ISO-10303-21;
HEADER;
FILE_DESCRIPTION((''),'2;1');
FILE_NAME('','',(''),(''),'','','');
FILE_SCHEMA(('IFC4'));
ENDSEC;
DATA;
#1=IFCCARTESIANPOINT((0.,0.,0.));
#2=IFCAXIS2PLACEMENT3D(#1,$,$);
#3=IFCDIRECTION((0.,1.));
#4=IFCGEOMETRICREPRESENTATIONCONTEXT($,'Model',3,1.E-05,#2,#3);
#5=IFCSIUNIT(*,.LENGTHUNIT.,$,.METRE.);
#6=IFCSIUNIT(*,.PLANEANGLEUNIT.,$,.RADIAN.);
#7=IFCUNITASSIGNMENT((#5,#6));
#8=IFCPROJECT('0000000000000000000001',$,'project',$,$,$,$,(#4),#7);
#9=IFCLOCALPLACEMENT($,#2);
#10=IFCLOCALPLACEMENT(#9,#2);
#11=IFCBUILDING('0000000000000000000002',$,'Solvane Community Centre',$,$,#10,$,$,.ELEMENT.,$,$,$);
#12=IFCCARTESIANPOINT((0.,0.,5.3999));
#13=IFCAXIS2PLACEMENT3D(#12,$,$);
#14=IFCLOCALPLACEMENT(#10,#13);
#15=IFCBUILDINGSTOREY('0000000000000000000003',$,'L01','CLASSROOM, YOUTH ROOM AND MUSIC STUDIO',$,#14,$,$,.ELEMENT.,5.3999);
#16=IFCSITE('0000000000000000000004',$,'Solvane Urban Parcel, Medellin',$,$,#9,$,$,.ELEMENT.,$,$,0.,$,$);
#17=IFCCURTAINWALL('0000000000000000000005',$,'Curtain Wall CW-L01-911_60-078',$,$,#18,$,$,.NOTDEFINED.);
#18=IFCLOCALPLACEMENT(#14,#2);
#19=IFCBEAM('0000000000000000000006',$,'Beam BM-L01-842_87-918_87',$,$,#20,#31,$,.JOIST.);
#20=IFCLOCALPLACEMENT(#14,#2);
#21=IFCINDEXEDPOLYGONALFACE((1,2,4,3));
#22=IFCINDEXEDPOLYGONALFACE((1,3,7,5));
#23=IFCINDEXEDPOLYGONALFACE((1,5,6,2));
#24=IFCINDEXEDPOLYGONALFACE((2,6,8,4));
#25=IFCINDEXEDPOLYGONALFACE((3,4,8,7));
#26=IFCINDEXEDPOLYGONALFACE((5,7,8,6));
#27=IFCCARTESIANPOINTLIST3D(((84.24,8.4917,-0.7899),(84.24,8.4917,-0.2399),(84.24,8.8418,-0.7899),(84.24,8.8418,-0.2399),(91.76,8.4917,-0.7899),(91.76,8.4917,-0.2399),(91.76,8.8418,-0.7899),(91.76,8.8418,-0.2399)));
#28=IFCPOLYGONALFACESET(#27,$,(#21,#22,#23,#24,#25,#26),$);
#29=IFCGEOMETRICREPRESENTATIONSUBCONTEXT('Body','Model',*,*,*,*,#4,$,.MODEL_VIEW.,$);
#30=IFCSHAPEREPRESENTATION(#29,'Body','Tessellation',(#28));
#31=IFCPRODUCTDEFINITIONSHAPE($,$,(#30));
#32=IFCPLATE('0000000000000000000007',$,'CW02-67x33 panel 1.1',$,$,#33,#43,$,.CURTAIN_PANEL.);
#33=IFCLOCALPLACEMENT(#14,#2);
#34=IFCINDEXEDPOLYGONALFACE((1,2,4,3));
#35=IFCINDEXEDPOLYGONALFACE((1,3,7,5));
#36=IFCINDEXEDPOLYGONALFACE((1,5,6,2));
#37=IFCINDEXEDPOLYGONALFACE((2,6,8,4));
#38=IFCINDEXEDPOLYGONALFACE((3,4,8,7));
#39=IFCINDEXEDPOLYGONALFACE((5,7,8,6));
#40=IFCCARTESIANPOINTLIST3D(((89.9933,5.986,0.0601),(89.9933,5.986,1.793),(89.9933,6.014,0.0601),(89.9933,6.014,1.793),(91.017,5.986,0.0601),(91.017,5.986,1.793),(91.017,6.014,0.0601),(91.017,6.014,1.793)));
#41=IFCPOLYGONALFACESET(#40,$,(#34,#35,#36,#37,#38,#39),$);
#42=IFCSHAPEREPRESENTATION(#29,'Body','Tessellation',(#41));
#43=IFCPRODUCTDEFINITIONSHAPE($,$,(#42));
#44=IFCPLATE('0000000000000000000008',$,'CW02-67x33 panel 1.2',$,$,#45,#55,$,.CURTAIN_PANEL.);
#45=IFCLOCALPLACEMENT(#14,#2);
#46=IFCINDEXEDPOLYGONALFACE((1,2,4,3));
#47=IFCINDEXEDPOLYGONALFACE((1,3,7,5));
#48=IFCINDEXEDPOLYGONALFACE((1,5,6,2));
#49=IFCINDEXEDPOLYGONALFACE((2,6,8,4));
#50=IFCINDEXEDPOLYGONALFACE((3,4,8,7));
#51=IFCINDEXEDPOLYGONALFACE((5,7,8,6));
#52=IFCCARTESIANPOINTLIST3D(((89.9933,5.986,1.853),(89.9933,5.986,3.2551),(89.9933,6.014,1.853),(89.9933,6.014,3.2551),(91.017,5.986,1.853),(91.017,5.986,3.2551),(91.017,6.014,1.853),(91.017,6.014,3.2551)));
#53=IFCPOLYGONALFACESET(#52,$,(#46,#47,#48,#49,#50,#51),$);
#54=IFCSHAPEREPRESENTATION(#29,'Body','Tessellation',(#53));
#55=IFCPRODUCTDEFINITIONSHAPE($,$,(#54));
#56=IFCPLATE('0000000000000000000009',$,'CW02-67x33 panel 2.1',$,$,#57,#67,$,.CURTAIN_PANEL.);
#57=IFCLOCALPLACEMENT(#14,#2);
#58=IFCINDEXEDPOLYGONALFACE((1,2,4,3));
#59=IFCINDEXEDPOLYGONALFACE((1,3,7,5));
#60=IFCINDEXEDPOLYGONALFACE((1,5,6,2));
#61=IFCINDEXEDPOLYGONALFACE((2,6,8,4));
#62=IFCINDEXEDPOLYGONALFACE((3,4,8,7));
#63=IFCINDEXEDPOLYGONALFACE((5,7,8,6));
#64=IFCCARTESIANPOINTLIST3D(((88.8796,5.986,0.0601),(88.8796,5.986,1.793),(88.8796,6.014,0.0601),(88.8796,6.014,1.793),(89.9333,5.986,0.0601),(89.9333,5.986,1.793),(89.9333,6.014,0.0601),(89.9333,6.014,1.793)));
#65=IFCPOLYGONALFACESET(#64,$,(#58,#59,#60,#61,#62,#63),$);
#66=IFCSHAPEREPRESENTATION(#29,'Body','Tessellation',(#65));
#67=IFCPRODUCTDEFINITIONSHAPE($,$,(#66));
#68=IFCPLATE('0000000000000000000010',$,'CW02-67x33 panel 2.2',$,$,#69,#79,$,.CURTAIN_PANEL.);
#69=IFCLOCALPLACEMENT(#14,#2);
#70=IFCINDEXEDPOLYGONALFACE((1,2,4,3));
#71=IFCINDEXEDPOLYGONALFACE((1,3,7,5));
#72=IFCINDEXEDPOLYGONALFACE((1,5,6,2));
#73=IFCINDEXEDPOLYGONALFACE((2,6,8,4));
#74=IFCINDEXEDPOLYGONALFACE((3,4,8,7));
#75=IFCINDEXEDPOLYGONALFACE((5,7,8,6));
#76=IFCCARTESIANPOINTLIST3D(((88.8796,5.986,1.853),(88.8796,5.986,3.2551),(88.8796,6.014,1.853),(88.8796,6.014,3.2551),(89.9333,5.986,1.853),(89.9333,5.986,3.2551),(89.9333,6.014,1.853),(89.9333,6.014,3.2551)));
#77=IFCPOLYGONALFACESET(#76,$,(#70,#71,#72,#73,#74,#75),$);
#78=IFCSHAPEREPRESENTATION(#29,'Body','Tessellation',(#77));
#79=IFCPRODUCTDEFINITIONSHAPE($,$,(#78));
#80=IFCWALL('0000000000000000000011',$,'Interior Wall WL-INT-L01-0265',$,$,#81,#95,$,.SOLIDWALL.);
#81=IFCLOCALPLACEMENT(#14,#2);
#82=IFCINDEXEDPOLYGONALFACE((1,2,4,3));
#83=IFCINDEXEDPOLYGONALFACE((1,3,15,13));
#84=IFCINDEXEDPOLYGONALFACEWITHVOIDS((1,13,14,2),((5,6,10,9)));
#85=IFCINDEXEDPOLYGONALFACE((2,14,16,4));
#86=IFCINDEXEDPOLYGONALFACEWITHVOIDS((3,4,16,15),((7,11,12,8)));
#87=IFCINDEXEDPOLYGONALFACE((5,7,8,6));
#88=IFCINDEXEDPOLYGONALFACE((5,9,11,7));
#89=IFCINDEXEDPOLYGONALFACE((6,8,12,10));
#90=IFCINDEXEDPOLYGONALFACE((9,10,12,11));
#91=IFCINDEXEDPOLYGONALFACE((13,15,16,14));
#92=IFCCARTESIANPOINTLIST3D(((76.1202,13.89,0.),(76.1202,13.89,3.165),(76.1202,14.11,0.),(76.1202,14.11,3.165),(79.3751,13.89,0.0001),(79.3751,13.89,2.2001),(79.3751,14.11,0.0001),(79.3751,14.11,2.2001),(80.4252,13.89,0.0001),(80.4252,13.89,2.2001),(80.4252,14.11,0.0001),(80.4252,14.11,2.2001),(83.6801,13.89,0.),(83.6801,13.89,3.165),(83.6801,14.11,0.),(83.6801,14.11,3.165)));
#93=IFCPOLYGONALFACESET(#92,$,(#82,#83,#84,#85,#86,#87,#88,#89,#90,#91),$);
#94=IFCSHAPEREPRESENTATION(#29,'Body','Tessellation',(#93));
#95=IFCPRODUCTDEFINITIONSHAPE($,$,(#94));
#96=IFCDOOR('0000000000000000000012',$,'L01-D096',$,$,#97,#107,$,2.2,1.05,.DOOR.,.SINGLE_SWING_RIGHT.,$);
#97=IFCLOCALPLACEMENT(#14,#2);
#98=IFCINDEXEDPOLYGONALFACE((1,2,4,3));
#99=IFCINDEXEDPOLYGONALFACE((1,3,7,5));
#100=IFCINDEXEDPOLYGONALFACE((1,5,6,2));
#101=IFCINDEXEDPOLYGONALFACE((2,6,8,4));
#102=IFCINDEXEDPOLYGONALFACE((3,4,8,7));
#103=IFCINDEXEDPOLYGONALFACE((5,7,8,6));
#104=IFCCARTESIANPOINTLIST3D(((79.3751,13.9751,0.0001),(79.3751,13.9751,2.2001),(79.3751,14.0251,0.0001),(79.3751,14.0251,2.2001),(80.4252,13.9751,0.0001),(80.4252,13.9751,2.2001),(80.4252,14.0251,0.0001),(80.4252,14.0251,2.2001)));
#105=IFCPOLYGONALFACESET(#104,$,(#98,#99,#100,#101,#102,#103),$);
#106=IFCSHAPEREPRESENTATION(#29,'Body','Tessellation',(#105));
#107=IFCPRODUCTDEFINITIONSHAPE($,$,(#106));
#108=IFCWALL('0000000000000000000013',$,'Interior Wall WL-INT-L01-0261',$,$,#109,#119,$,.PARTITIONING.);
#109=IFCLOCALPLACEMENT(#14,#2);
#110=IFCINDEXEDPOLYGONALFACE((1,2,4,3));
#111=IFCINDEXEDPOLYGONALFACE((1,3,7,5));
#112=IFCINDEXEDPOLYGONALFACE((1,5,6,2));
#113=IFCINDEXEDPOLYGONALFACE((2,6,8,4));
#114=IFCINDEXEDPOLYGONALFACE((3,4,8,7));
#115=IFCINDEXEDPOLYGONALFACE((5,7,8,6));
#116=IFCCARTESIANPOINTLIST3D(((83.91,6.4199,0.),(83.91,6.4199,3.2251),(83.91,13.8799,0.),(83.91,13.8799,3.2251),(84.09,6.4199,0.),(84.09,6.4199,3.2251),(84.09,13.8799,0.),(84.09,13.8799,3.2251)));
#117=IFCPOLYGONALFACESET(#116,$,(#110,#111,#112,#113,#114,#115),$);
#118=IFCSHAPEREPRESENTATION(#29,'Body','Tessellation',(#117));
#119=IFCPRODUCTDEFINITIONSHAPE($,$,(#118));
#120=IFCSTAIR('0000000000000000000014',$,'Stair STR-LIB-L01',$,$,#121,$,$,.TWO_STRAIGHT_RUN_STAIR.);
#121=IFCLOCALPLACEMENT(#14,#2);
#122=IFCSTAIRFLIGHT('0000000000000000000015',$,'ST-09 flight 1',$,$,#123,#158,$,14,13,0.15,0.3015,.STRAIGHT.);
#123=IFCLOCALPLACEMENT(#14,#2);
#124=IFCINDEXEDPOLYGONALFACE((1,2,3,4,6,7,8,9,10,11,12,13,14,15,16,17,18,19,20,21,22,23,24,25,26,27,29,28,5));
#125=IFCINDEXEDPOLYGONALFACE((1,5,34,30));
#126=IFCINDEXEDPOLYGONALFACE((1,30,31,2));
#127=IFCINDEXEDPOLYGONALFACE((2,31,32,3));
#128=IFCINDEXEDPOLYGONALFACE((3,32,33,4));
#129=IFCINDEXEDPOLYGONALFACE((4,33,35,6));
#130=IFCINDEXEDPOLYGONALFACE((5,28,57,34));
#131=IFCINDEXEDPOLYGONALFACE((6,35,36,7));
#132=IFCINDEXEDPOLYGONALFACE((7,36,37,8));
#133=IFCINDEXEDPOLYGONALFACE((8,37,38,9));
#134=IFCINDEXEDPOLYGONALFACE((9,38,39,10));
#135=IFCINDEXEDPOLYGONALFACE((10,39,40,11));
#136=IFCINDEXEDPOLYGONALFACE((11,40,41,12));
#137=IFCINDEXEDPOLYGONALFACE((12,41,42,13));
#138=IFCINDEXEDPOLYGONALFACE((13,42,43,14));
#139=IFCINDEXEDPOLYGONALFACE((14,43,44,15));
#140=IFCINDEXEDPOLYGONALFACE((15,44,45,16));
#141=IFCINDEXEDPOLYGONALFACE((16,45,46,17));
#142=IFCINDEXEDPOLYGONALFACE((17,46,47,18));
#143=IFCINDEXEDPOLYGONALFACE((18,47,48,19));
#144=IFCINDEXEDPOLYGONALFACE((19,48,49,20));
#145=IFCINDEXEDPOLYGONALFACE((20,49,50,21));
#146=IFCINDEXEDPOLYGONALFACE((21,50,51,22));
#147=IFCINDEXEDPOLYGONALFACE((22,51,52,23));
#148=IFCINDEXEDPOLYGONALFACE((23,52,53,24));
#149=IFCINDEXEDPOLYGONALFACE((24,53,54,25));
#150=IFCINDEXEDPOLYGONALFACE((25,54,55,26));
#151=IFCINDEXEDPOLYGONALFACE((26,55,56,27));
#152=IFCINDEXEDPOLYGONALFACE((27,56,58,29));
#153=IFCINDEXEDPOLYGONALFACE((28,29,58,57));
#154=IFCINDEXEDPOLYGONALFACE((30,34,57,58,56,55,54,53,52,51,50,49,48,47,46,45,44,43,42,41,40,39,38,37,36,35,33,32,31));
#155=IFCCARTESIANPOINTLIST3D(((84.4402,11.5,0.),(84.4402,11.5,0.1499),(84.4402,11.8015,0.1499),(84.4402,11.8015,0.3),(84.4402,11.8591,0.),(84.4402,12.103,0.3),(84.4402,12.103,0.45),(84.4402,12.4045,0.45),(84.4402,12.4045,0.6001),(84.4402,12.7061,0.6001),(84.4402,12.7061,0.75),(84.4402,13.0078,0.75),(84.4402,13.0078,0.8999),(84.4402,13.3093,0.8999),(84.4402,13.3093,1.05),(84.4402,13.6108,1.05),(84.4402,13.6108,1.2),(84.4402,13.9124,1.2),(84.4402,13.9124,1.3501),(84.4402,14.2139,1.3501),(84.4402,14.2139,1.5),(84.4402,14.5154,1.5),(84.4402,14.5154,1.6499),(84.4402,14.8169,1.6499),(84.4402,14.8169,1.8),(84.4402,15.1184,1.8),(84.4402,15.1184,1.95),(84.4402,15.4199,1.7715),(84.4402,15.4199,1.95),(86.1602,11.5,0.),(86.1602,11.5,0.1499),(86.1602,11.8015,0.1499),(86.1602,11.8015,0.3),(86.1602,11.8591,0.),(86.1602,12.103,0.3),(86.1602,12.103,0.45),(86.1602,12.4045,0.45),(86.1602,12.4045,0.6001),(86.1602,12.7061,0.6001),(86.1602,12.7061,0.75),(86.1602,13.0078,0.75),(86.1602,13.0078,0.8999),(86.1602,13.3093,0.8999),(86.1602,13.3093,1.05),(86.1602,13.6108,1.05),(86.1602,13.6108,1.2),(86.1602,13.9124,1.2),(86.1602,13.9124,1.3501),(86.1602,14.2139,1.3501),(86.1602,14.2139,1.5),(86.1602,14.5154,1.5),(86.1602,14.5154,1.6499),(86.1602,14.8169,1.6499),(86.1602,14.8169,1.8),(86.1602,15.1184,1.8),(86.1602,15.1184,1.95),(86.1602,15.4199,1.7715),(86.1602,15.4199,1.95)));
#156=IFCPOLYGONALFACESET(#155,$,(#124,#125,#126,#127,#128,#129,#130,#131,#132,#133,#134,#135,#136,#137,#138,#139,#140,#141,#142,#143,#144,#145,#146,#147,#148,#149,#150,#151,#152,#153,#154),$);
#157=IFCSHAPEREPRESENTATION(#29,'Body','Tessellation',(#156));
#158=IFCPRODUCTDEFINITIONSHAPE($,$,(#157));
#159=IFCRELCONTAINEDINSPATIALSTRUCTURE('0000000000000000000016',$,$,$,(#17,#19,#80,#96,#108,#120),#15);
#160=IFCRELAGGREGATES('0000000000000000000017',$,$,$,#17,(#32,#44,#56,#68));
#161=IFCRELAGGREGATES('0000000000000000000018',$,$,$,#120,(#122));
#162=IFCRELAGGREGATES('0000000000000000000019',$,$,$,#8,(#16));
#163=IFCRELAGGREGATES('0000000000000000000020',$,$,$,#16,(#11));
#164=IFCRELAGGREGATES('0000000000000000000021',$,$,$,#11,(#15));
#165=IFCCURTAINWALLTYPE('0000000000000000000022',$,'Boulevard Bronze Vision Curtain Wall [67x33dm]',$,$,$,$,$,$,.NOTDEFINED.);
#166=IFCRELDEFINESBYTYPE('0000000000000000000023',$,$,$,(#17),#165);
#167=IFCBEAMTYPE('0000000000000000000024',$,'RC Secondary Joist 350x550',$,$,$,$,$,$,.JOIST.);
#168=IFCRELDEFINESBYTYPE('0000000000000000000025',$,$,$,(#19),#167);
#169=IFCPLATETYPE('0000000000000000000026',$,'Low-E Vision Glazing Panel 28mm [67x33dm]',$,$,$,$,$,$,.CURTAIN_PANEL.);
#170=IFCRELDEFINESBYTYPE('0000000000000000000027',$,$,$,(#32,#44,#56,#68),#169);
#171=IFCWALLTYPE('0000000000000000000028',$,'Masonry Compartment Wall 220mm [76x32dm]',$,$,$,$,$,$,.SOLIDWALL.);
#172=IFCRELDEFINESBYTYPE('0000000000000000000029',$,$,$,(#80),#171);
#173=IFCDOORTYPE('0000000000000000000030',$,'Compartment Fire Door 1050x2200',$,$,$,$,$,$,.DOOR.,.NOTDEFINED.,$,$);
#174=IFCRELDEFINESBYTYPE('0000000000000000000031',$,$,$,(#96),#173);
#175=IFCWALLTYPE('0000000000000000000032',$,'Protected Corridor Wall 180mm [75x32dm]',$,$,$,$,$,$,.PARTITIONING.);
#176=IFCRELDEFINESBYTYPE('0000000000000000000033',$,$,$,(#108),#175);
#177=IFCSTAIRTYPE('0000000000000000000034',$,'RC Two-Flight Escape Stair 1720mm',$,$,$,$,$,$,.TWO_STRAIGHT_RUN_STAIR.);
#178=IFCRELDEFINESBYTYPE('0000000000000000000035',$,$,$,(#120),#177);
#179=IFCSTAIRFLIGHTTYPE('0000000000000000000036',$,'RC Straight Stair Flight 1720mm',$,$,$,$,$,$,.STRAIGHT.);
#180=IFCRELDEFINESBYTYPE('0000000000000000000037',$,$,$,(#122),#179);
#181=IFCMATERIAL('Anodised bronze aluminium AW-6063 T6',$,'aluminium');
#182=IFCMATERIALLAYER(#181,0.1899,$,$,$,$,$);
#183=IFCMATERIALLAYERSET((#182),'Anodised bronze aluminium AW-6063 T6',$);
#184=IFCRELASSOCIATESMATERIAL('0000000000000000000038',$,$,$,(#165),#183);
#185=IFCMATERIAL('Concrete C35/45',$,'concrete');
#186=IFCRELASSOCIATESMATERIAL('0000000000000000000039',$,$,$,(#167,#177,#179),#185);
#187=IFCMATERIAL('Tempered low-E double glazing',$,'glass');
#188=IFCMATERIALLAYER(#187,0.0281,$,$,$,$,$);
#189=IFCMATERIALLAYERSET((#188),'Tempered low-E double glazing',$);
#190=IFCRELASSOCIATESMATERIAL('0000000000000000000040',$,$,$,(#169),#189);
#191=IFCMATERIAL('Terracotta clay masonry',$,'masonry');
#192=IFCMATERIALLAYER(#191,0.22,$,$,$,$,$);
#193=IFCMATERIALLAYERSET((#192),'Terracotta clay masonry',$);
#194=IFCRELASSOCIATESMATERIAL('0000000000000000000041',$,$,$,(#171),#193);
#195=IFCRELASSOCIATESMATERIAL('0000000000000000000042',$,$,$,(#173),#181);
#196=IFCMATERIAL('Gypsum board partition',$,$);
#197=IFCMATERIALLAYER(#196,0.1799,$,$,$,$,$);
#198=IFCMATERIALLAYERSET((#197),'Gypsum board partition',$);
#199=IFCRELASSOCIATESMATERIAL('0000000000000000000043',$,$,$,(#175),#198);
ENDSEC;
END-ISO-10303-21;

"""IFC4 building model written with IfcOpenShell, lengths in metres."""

from ifc_helpers import new_model, si_unit, direction, frame, frame_2d, origin, origin_2d, place, context, subcontext, project, spatial, polyline, rectangle, outline, extrude, material, layer, layer_set, material_profile, profile_set, type_object, element, fill, aggregate, save


model = new_model("IFC4")

# Units and contexts
model_context = context("Model", 3, precision=1e-05, world=origin(), true_north=direction((0.0, 1.0)))
body_context = subcontext(model_context, "Body", "Model", "MODEL_VIEW")
ifc_project = project(units=[si_unit("LENGTHUNIT", "METRE"), si_unit("PLANEANGLEUNIT", "RADIAN")], contexts=[model_context])

# Site, building, storey
site_placement = place(None, origin())
site = spatial("IfcSite", under=ifc_project, at=site_placement, Name="Solvane Urban Parcel, Medellin", CompositionType="ELEMENT", RefElevation=0.0)
building_placement = place(site_placement, origin())
building = spatial("IfcBuilding", under=site, at=building_placement, Name="Solvane Community Centre", CompositionType="ELEMENT")
storey_placement = place(building_placement, frame((0.0, 0.0, 5.3999)))
storey = spatial("IfcBuildingStorey", under=building, at=storey_placement, Name="L01", Description="CLASSROOM, YOUTH ROOM AND MUSIC STUDIO", CompositionType="ELEMENT", Elevation=5.3999)

# Shared definitions
ifc_material_1 = material(Name="Concrete C35/45", Category="concrete")

# Curtain wall
ifc_material_2 = material(Name="Anodised bronze aluminium AW-6063 T6", Category="aluminium")
ifc_layer_1 = layer(ifc_material_2, 0.1899)
ifc_layer_set_1 = layer_set([ifc_layer_1], Name="Anodised bronze aluminium AW-6063 T6")
curtain_wall_type = type_object("IfcCurtainWallType", Name="Boulevard Bronze Vision Curtain Wall [67x33dm]", PredefinedType="NOTDEFINED", material=ifc_layer_set_1)
curtain_wall_placement = place(storey_placement, origin())
curtain_wall = element("IfcCurtainWall", 1, at=curtain_wall_placement, inside=storey, type_object=curtain_wall_type, Name="Curtain Wall CW-L01-911_60-078", PredefinedType="NOTDEFINED")

# Beam
ifc_material_profile_1 = material_profile(ifc_material_1, rectangle(XDim=0.3501, YDim=0.55, at=origin_2d()), Name="RC 350x550")
ifc_profile_set_1 = profile_set([ifc_material_profile_1], Name="Concrete C35/45")
beam_type_1 = type_object("IfcBeamType", Name="RC Secondary Joist 350x550", PredefinedType="JOIST", material=ifc_profile_set_1)
beam_1_placement = place(storey_placement, frame((84.24, 8.6667, -0.5149), z_axis=(1.0, 0.0, 0.0), x_axis=(0.0, 1.0, 0.0)))
element("IfcBeam", 2, at=beam_1_placement, inside=storey, type_object=beam_type_1, Name="Beam BM-L01-842_87-918_87", PredefinedType="JOIST", context=body_context, shape_type="SweptSolid", body=[
    extrude(rectangle(XDim=0.3501, YDim=0.55, at=origin_2d()), origin(), (0.0, 0.0, 1.0), 7.52),
])

# Plates
ifc_material_3 = material(Name="Tempered low-E double glazing", Category="glass")
ifc_layer_2 = layer(ifc_material_3, 0.0281)
ifc_layer_set_2 = layer_set([ifc_layer_2], Name="Tempered low-E double glazing")
plate_type = type_object("IfcPlateType", Name="Low-E Vision Glazing Panel 28mm [67x33dm]", PredefinedType="CURTAIN_PANEL", material=ifc_layer_set_2)
plate_1_placement = place(storey_placement, frame((90.5051, 6.0, 0.0601), z_axis=(0.0, 0.0, 1.0), x_axis=(-1.0, 0.0, 0.0)))
plate_1 = element("IfcPlate", 3, at=plate_1_placement, type_object=plate_type, Name="CW02-67x33 panel 1.1", PredefinedType="CURTAIN_PANEL", context=body_context, shape_type="SweptSolid", body=[
    extrude(rectangle(XDim=1.0237, YDim=0.0281, at=origin_2d()), origin(), (0.0, 0.0, 1.0), 1.7329),
])
plate_2_placement = place(storey_placement, frame((90.5051, 6.0, 1.853), z_axis=(0.0, 0.0, 1.0), x_axis=(-1.0, 0.0, 0.0)))
plate_2 = element("IfcPlate", 4, at=plate_2_placement, type_object=plate_type, Name="CW02-67x33 panel 1.2", PredefinedType="CURTAIN_PANEL", context=body_context, shape_type="SweptSolid", body=[
    extrude(rectangle(XDim=1.0237, YDim=0.0281, at=origin_2d()), origin(), (0.0, 0.0, 1.0), 1.4021),
])
plate_3_placement = place(storey_placement, frame((89.4065, 6.0, 0.0601), z_axis=(0.0, 0.0, 1.0), x_axis=(-1.0, 0.0, 0.0)))
plate_3 = element("IfcPlate", 5, at=plate_3_placement, type_object=plate_type, Name="CW02-67x33 panel 2.1", PredefinedType="CURTAIN_PANEL", context=body_context, shape_type="SweptSolid", body=[
    extrude(rectangle(XDim=1.0537, YDim=0.0281, at=origin_2d()), origin(), (0.0, 0.0, 1.0), 1.7329),
])
plate_4_placement = place(storey_placement, frame((89.4065, 6.0, 1.853), z_axis=(0.0, 0.0, 1.0), x_axis=(-1.0, 0.0, 0.0)))
plate_4 = element("IfcPlate", 6, at=plate_4_placement, type_object=plate_type, Name="CW02-67x33 panel 2.2", PredefinedType="CURTAIN_PANEL", context=body_context, shape_type="SweptSolid", body=[
    extrude(rectangle(XDim=1.0537, YDim=0.0281, at=origin_2d()), origin(), (0.0, 0.0, 1.0), 1.4021),
])
aggregate(curtain_wall, [plate_1, plate_2, plate_3, plate_4])

# Wall, opening, door
ifc_material_4 = material(Name="Terracotta clay masonry", Category="masonry")
ifc_layer_3 = layer(ifc_material_4, 0.22)
ifc_layer_set_3 = layer_set([ifc_layer_3], Name="Terracotta clay masonry")
wall_type_1 = type_object("IfcWallType", Name="Masonry Compartment Wall 220mm [76x32dm]", PredefinedType="SOLIDWALL", material=ifc_layer_set_3)
wall_1_placement = place(storey_placement, frame((83.6799, 14.0, 0.0), z_axis=(0.0, 0.0, 1.0), x_axis=(-1.0, 0.0, 0.0)))
wall_1 = element("IfcWall", 7, at=wall_1_placement, inside=storey, type_object=wall_type_1, Name="Interior Wall WL-INT-L01-0265", PredefinedType="SOLIDWALL", context=body_context, shape_type="SweptSolid", body=[
    extrude(rectangle(XDim=7.5598, YDim=0.22, at=frame_2d((3.7798, 0.0))), origin(), (0.0, 0.0, 1.0), 3.165),
])
opening_placement = place(wall_1_placement, frame((3.2549, 0.0, 0.0)))
opening = element("IfcOpeningElement", 8, at=opening_placement, cuts=wall_1, PredefinedType="OPENING", context=body_context, shape_type="SweptSolid", body=[
    extrude(rectangle(XDim=1.05, YDim=2.2, at=frame_2d((0.5249, 1.1001))), frame((0.0, 0.1199, 0.0), z_axis=(0.0, -1.0, 0.0), x_axis=(1.0, 0.0, 0.0)), (0.0, 0.0, 1.0), 0.24),
])
door_type = type_object("IfcDoorType", Name="Compartment Fire Door 1050x2200", OperationType="NOTDEFINED", PredefinedType="DOOR", material=ifc_material_2)
door_placement = place(opening_placement, origin())
door = element("IfcDoor", 9, at=door_placement, inside=storey, type_object=door_type, Name="L01-D096", OperationType="SINGLE_SWING_RIGHT", OverallHeight=2.2, OverallWidth=1.05, PredefinedType="DOOR", context=body_context, shape_type="SweptSolid", body=[
    extrude(rectangle(XDim=1.05, YDim=2.2, at=frame_2d((0.5249, 1.1001))), frame((0.0, 0.0249, 0.0), z_axis=(0.0, -1.0, 0.0), x_axis=(1.0, 0.0, 0.0)), (0.0, 0.0, 1.0), 0.05),
])
fill(opening, door)

# Wall
ifc_material_5 = material(Name="Gypsum board partition")
ifc_layer_4 = layer(ifc_material_5, 0.1799)
ifc_layer_set_4 = layer_set([ifc_layer_4], Name="Gypsum board partition")
wall_type_2 = type_object("IfcWallType", Name="Protected Corridor Wall 180mm [75x32dm]", PredefinedType="PARTITIONING", material=ifc_layer_set_4)
wall_2_placement = place(storey_placement, frame((84.0, 13.8799, 0.0), z_axis=(0.0, 0.0, 1.0), x_axis=(0.0, -1.0, 0.0)))
element("IfcWall", 10, at=wall_2_placement, inside=storey, type_object=wall_type_2, Name="Interior Wall WL-INT-L01-0261", PredefinedType="PARTITIONING", context=body_context, shape_type="SweptSolid", body=[
    extrude(rectangle(XDim=7.46, YDim=0.1799, at=frame_2d((3.73, 0.0))), origin(), (0.0, 0.0, 1.0), 3.2251),
])

# Stair, stair flight
stair_type = type_object("IfcStairType", Name="RC Two-Flight Escape Stair 1720mm", PredefinedType="TWO_STRAIGHT_RUN_STAIR", material=ifc_material_1)
stair_placement = place(storey_placement, origin())
stair = element("IfcStair", 11, at=stair_placement, inside=storey, type_object=stair_type, Name="Stair STR-LIB-L01", PredefinedType="TWO_STRAIGHT_RUN_STAIR")
stair_flight_type = type_object("IfcStairFlightType", Name="RC Straight Stair Flight 1720mm", PredefinedType="STRAIGHT", material=ifc_material_1)
stair_flight_placement = place(storey_placement, frame((85.3, 11.5, 0.0), z_axis=(0.0, 0.0, 1.0), x_axis=(0.0, 1.0, 0.0)))
stair_flight = element("IfcStairFlight", 12, at=stair_flight_placement, type_object=stair_flight_type, Name="ST-09 flight 1", NumberOfRisers=14, NumberOfTreads=13, PredefinedType="STRAIGHT", RiserHeight=0.15, TreadLength=0.3015, context=body_context, shape_type="SweptSolid", body=[
    extrude(outline(polyline([(0.0, 0.0), (0.0, 0.1499), (0.3015, 0.1499), (0.3015, 0.3), (0.603, 0.3), (0.603, 0.45), (0.9045, 0.45), (0.9045, 0.6001), (1.2061, 0.6001), (1.2061, 0.75), (1.5078, 0.75), (1.5078, 0.8999), (1.8093, 0.8999), (1.8093, 1.05), (2.1108, 1.05), (2.1108, 1.2), (2.4124, 1.2), (2.4124, 1.3501), (2.7139, 1.3501), (2.7139, 1.5), (3.0154, 1.5), (3.0154, 1.6499), (3.3169, 1.6499), (3.3169, 1.8), (3.6184, 1.8), (3.6184, 1.95), (3.9199, 1.95), (3.9199, 2.1001), (3.9199, 1.7715), (0.3591, 0.0), (0.0, 0.0)])), frame((0.0, 0.8599, 0.0), z_axis=(0.0, -1.0, 0.0), x_axis=(1.0, 0.0, 0.0)), (0.0, 0.0, 1.0), 1.72),
])
aggregate(stair, [stair_flight])

save(model, "model.ifc")
